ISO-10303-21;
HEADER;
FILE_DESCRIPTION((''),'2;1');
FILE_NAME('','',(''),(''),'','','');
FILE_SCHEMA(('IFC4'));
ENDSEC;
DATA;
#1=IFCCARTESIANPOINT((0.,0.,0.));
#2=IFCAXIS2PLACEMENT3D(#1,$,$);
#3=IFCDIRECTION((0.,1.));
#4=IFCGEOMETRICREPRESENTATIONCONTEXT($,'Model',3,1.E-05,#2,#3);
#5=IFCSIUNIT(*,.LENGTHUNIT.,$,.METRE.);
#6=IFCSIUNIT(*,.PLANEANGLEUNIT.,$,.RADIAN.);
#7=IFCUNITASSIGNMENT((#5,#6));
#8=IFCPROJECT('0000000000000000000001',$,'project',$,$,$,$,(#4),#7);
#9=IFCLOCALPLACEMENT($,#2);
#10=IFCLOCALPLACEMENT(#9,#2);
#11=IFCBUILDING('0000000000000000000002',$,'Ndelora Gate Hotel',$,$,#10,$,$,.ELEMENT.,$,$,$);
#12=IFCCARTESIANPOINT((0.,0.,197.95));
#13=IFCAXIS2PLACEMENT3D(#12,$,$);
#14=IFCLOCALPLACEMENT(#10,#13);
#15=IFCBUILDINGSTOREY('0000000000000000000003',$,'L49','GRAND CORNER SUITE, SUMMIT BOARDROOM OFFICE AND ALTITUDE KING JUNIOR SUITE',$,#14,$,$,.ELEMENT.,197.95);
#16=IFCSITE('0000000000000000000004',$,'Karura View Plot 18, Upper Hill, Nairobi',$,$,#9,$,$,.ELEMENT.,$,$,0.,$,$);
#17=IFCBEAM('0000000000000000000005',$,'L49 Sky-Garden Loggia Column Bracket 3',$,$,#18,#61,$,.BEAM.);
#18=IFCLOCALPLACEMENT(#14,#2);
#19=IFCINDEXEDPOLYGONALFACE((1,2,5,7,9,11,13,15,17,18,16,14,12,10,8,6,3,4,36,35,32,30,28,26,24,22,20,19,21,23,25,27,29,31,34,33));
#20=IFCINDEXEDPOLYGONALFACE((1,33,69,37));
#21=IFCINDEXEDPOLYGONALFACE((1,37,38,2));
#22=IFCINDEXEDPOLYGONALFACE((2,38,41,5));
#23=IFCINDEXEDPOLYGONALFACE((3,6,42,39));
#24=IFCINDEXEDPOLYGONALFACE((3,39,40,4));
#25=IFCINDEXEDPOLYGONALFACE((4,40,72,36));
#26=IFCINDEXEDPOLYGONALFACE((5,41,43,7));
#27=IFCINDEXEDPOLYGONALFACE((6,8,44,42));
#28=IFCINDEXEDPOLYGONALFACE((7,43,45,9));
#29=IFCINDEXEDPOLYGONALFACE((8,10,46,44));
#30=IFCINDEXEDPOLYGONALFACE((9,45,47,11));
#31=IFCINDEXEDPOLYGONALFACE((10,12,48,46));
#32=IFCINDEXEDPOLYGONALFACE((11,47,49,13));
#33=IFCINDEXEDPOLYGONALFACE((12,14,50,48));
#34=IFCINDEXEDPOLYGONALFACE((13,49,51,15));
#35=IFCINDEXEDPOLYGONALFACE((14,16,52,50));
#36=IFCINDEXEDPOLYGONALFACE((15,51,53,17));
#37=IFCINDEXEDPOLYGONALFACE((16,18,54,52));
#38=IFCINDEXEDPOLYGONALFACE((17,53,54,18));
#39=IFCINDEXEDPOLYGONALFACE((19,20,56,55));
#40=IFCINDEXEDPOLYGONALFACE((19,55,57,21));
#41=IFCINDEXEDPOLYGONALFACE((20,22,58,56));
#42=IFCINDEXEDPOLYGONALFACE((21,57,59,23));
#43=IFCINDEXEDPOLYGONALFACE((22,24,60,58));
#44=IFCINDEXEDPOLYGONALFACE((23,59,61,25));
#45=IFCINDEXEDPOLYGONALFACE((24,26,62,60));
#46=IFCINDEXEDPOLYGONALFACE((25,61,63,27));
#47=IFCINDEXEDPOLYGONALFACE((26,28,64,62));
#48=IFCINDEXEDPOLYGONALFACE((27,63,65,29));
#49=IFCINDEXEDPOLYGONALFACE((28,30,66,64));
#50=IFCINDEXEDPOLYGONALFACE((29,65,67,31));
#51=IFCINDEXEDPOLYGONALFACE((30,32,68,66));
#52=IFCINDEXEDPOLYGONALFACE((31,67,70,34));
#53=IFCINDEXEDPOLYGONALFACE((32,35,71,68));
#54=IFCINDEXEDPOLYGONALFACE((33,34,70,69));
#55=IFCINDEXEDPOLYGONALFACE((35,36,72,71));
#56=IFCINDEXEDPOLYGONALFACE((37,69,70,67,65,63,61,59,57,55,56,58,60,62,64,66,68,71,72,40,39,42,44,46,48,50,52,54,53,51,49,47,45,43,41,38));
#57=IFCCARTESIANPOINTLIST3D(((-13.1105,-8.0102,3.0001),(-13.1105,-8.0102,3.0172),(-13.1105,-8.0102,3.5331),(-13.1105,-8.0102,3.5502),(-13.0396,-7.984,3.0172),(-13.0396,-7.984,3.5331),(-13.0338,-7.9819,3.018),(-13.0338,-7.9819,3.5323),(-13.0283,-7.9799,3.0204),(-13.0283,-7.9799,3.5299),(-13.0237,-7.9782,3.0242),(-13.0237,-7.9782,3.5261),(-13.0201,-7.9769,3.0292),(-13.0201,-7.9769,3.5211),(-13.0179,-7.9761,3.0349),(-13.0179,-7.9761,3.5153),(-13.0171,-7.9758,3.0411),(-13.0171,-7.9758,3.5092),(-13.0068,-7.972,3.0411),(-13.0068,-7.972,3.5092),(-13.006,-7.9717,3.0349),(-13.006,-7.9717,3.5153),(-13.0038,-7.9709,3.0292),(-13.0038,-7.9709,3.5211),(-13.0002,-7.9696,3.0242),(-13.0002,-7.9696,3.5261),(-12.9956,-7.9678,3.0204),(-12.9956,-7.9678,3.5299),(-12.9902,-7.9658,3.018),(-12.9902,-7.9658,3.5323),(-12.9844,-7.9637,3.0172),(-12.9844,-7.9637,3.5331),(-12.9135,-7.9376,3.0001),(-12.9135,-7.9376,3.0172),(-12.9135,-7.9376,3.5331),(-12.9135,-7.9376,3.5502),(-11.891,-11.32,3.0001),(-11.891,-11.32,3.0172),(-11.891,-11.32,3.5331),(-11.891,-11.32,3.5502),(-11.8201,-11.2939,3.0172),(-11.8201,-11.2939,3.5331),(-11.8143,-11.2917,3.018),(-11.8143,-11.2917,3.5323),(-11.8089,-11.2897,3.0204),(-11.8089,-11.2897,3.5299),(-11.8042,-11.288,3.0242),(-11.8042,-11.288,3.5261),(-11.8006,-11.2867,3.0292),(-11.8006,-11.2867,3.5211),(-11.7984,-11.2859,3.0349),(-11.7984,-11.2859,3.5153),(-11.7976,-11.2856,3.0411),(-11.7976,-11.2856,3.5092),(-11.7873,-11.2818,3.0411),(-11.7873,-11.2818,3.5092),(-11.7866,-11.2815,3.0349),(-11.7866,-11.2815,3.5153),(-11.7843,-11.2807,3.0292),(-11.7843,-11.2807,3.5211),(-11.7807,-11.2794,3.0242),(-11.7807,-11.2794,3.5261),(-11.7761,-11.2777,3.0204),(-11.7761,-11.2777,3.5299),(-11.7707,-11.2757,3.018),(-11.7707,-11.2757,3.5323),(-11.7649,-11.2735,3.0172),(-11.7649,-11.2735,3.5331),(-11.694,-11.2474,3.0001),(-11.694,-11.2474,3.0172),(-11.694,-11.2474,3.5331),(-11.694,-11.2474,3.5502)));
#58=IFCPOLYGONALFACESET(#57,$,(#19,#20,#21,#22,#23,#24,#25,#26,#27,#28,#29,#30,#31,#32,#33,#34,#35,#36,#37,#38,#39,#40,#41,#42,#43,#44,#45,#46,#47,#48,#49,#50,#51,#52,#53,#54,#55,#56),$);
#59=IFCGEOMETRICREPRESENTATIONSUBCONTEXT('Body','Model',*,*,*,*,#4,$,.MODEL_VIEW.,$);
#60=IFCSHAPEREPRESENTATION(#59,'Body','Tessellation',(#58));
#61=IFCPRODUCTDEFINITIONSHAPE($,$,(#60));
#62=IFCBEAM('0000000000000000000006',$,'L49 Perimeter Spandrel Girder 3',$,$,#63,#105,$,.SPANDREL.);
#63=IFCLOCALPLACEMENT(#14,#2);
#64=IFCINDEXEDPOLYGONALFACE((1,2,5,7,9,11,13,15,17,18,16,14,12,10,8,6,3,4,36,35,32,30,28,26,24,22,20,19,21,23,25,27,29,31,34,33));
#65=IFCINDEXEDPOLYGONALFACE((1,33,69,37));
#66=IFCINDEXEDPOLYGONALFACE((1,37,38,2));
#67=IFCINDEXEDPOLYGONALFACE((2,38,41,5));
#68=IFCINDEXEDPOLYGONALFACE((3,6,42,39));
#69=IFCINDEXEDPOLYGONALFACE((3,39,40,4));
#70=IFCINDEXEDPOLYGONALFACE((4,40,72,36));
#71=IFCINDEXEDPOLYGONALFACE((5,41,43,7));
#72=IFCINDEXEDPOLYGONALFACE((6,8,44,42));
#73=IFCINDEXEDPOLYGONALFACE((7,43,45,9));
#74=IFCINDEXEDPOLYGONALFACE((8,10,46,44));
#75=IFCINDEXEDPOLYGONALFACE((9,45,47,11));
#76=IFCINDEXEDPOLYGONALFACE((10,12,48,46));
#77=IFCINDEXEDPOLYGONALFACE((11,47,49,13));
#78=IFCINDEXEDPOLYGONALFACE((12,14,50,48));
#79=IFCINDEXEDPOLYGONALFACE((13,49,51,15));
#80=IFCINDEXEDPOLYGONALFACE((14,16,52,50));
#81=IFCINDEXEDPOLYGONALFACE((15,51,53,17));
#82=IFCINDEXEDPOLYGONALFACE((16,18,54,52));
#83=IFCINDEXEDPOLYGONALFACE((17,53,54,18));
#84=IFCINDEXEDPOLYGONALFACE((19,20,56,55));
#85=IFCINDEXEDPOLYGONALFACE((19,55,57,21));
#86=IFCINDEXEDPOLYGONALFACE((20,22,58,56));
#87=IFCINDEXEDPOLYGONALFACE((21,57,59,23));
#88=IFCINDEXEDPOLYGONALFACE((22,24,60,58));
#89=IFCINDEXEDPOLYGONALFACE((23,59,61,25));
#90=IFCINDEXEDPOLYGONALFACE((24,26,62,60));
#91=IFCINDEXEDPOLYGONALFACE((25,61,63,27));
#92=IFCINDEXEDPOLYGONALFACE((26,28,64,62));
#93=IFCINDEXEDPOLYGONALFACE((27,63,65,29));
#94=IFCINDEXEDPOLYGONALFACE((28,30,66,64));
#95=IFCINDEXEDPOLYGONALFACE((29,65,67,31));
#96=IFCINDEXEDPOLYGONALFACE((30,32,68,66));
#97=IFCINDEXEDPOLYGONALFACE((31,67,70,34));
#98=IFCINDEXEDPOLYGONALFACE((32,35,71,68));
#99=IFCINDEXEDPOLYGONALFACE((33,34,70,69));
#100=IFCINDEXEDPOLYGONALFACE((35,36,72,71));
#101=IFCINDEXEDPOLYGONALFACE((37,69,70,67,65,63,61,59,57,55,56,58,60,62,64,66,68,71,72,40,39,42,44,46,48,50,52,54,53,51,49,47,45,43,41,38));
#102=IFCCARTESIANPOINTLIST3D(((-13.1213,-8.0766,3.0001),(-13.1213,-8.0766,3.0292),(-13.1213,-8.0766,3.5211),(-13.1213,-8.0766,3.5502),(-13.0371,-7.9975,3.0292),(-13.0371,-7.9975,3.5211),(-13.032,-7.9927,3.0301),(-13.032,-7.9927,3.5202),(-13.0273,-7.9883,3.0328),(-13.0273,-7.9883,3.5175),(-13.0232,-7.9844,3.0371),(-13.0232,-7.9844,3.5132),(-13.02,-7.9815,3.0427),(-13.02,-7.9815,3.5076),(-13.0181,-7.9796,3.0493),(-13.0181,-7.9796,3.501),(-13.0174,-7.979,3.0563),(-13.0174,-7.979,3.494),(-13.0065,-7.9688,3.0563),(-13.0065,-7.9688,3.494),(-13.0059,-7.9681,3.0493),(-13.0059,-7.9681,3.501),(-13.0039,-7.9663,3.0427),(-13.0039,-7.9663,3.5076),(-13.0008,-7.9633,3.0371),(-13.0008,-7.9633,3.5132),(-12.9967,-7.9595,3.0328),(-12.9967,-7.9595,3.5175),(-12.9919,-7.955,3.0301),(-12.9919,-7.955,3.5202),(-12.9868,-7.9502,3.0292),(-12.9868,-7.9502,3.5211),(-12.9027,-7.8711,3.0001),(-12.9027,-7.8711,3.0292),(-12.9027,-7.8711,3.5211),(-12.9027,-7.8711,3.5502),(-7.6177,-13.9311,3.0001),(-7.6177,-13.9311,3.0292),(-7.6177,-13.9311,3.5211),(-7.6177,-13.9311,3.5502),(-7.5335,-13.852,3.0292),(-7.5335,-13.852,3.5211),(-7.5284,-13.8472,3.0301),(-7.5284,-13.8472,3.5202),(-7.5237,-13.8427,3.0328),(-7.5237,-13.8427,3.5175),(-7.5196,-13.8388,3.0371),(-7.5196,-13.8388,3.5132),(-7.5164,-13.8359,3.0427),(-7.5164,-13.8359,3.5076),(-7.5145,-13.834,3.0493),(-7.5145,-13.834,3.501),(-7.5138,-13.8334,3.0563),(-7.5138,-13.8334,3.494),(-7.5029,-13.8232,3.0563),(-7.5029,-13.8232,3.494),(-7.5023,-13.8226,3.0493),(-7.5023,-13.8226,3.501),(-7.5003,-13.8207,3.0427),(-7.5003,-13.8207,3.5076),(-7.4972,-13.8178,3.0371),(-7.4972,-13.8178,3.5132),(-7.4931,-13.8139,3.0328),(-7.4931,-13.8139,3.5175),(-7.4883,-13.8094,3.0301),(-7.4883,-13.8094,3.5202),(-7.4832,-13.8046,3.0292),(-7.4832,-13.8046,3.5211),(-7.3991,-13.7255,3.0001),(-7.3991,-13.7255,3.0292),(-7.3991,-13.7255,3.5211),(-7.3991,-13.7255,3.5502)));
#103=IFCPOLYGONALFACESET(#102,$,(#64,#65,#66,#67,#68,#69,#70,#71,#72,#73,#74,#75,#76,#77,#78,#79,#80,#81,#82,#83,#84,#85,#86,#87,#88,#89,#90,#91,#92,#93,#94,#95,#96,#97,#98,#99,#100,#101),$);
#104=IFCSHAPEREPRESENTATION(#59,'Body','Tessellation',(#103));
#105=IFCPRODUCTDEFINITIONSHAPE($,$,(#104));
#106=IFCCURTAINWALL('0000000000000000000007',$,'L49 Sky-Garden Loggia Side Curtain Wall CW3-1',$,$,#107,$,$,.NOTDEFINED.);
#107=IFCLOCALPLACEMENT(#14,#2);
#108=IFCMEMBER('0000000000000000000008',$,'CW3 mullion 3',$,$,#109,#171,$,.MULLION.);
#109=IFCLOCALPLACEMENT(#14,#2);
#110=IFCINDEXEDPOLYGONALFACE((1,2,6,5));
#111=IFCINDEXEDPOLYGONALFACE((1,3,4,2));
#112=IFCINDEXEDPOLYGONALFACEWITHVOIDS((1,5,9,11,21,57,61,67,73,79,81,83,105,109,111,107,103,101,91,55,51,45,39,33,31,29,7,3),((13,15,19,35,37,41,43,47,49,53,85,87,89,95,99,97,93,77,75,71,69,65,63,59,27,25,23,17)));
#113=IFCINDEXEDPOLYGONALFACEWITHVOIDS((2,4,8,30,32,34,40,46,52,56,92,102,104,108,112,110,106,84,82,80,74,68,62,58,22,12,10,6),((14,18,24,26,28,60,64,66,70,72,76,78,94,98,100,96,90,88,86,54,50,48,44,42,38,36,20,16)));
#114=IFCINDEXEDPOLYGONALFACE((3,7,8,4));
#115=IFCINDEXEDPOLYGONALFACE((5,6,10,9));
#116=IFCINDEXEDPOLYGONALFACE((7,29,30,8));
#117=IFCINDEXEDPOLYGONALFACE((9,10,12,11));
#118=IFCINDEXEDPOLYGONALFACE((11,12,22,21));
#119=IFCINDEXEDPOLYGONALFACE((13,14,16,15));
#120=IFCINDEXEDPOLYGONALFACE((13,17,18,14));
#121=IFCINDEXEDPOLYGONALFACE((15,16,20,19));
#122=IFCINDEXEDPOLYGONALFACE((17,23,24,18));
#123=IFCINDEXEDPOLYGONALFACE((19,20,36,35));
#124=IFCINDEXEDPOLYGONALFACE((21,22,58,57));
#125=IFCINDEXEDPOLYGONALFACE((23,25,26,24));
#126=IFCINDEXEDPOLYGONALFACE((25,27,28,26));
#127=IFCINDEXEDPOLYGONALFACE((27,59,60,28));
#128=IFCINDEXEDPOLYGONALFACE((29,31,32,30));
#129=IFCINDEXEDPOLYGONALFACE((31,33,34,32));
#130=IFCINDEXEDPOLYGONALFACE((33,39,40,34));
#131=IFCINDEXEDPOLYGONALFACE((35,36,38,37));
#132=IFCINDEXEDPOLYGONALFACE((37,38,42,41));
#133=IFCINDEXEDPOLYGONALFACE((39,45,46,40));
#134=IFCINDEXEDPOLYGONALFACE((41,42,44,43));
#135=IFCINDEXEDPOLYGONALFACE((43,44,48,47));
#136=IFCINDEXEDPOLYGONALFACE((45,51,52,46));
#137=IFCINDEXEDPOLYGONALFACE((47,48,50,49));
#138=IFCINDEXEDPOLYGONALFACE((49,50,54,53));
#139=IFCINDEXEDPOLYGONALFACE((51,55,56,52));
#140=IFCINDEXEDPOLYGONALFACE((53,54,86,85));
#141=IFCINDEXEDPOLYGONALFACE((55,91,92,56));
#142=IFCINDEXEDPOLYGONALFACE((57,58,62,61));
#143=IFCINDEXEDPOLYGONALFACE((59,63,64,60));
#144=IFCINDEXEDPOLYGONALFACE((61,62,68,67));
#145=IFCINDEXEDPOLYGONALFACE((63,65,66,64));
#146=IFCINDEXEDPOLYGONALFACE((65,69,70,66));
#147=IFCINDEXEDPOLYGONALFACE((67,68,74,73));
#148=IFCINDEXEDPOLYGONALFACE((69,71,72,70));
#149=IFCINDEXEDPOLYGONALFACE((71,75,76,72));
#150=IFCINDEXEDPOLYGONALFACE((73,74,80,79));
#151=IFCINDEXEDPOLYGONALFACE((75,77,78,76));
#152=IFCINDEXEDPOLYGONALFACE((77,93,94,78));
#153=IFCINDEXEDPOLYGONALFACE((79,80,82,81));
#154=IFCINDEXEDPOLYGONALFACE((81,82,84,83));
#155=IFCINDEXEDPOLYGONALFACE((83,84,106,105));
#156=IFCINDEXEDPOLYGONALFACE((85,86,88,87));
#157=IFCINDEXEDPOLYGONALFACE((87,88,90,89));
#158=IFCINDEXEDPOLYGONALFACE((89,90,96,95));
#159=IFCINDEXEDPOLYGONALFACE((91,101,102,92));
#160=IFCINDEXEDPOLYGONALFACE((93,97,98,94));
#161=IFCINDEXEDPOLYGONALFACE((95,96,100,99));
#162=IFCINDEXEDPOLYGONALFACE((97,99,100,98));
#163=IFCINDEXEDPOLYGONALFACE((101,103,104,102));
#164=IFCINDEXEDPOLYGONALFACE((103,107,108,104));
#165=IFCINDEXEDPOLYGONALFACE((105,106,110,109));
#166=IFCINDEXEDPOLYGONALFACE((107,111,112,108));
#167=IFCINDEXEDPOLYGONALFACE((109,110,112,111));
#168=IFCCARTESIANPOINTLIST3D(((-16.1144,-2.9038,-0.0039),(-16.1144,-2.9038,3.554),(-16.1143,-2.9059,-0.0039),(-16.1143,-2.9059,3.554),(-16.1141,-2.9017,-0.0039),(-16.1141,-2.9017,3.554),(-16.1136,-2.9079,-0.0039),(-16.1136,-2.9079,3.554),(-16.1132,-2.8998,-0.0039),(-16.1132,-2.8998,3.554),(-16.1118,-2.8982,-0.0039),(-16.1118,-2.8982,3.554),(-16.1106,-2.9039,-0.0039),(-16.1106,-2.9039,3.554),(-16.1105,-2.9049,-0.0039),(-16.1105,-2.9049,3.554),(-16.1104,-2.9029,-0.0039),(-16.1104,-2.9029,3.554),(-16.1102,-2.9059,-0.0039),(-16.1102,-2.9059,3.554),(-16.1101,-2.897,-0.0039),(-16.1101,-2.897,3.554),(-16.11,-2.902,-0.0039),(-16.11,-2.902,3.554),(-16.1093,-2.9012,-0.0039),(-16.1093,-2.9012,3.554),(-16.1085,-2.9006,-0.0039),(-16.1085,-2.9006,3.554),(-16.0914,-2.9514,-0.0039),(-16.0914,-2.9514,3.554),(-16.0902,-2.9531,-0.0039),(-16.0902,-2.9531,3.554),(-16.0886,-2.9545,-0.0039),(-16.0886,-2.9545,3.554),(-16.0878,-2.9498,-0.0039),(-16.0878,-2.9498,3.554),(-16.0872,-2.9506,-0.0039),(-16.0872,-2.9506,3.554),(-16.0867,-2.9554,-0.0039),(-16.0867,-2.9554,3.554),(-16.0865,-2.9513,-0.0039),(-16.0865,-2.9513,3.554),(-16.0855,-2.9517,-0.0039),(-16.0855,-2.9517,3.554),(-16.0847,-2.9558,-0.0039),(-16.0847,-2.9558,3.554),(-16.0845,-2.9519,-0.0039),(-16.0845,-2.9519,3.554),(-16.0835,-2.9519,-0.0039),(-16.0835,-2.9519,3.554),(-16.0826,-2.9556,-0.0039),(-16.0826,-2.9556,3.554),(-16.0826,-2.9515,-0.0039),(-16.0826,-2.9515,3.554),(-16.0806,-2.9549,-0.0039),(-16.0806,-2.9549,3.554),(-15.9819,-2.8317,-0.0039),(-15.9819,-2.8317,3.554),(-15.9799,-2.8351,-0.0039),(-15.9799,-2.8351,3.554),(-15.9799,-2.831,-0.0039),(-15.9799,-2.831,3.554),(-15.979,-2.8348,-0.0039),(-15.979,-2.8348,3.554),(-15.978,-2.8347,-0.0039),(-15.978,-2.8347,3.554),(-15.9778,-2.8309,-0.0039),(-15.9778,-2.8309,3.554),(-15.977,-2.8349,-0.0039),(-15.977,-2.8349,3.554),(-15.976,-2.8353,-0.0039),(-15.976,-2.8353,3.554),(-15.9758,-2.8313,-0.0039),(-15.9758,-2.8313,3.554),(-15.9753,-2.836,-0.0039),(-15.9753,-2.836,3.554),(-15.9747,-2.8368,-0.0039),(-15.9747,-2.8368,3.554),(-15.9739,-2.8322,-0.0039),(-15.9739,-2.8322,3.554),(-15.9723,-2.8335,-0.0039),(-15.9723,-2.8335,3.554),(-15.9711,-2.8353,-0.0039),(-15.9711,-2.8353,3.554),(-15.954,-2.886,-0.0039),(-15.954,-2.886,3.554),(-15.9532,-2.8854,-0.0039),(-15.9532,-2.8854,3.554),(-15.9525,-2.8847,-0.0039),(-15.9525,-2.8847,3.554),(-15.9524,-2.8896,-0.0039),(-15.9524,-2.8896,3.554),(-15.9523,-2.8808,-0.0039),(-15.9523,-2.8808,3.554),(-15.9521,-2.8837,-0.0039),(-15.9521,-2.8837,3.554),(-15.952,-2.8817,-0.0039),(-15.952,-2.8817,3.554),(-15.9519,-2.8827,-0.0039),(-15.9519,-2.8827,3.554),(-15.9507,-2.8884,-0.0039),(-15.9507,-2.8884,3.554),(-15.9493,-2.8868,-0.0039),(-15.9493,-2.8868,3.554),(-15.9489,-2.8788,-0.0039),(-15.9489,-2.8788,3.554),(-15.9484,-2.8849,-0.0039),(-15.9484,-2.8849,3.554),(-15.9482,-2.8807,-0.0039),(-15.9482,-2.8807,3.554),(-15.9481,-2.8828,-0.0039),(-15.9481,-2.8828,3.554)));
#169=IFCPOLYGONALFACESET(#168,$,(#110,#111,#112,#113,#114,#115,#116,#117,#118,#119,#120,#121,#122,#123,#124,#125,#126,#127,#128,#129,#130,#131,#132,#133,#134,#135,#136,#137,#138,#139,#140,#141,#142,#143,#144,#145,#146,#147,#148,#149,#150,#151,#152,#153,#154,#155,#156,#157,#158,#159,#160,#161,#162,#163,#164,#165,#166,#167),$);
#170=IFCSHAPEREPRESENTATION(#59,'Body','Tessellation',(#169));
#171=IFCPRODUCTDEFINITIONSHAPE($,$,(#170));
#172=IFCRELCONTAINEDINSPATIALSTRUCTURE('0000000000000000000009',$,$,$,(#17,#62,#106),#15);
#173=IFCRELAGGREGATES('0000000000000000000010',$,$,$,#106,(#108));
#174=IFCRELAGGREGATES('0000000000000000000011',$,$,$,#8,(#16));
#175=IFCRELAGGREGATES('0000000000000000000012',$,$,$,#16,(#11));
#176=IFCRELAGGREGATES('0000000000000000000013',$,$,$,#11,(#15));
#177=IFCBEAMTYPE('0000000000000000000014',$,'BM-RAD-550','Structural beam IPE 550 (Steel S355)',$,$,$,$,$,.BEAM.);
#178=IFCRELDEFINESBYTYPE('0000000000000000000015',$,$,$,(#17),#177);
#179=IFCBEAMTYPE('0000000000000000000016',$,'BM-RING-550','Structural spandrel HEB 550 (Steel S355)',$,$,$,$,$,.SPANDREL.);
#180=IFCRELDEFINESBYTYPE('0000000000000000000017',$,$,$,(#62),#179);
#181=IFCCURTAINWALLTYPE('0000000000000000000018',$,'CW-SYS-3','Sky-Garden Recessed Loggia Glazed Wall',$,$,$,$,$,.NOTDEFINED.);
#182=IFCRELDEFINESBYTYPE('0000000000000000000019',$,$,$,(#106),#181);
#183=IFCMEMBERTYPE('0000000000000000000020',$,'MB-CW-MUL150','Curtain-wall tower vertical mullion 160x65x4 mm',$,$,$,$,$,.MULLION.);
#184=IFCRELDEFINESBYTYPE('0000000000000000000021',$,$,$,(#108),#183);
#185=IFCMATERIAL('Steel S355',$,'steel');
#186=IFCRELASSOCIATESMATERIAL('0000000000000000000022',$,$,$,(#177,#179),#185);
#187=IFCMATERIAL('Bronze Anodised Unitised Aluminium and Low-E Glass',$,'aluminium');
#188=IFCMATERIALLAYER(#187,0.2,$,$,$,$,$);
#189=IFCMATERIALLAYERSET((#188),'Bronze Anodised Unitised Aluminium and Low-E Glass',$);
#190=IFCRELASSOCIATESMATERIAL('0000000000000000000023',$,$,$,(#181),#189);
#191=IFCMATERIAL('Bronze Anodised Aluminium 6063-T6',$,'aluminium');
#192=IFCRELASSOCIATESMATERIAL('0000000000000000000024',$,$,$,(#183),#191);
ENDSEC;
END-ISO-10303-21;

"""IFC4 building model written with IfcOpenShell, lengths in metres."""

from ifc_helpers import new_model, si_unit, direction, frame, origin, origin_2d, place, context, subcontext, project, spatial, hollow_rectangle, i_section, extrude, material, layer, layer_set, material_profile, profile_set, type_object, element, aggregate, save


model = new_model("IFC4")

# Units and contexts
model_context = context("Model", 3, precision=1e-05, world=origin(), true_north=direction((0.0, 1.0)))
body_context = subcontext(model_context, "Body", "Model", "MODEL_VIEW")
ifc_project = project(units=[si_unit("LENGTHUNIT", "METRE"), si_unit("PLANEANGLEUNIT", "RADIAN")], contexts=[model_context])

# Site, building, storey
site_placement = place(None, origin())
site = spatial("IfcSite", under=ifc_project, at=site_placement, Name="Karura View Plot 18, Upper Hill, Nairobi", CompositionType="ELEMENT", RefElevation=0.0)
building_placement = place(site_placement, origin())
building = spatial("IfcBuilding", under=site, at=building_placement, Name="Ndelora Gate Hotel", CompositionType="ELEMENT")
storey_placement = place(building_placement, frame((0.0, 0.0, 197.95)))
storey = spatial("IfcBuildingStorey", under=building, at=storey_placement, Name="L49", Description="GRAND CORNER SUITE, SUMMIT BOARDROOM OFFICE AND ALTITUDE KING JUNIOR SUITE", CompositionType="ELEMENT", Elevation=197.95)

# Beams
ifc_material_1 = material(Name="Steel S355", Category="steel")
ifc_material_profile_1 = material_profile(ifc_material_1, i_section(OverallWidth=0.21, OverallDepth=0.55, WebThickness=0.011, FlangeThickness=0.0171, FilletRadius=0.0239, at=origin_2d()), Name="IPE 550")
ifc_profile_set_1 = profile_set([ifc_material_profile_1], Name="Steel S355")
beam_type_1 = type_object("IfcBeamType", Name="BM-RAD-550", Description="Structural beam IPE 550 (Steel S355)", PredefinedType="BEAM", material=ifc_profile_set_1)
beam_1_placement = place(storey_placement, frame((-13.012, -7.9739, 3.2751), z_axis=(0.345725, -0.938336, 0.0), x_axis=(0.938336, 0.345725, 0.0)))
element("IfcBeam", 1, at=beam_1_placement, inside=storey, type_object=beam_type_1, Name="L49 Sky-Garden Loggia Column Bracket 3", PredefinedType="BEAM", context=body_context, shape_type="SweptSolid", body=[
    extrude(i_section(OverallWidth=0.21, OverallDepth=0.55, WebThickness=0.011, FlangeThickness=0.0171, FilletRadius=0.0239, at=origin_2d()), origin(), (0.0, 0.0, 1.0), 3.5273),
])
ifc_material_profile_2 = material_profile(ifc_material_1, i_section(OverallWidth=0.3, OverallDepth=0.55, WebThickness=0.0149, FlangeThickness=0.0291, FilletRadius=0.0271, at=origin_2d()), Name="HEB 550")
ifc_profile_set_2 = profile_set([ifc_material_profile_2], Name="Steel S355")
beam_type_2 = type_object("IfcBeamType", Name="BM-RING-550", Description="Structural spandrel HEB 550 (Steel S355)", PredefinedType="SPANDREL", material=ifc_profile_set_2)
beam_2_placement = place(storey_placement, frame((-13.012, -7.9739, 3.2751), z_axis=(0.684939, -0.7286, 0.0), x_axis=(0.7286, 0.684939, 0.0)))
element("IfcBeam", 2, at=beam_2_placement, inside=storey, type_object=beam_type_2, Name="L49 Perimeter Spandrel Girder 3", PredefinedType="SPANDREL", context=body_context, shape_type="SweptSolid", body=[
    extrude(i_section(OverallWidth=0.3, OverallDepth=0.55, WebThickness=0.0149, FlangeThickness=0.0291, FilletRadius=0.0271, at=origin_2d()), origin(), (0.0, 0.0, 1.0), 8.0352),
])

# Curtain wall, member
ifc_material_2 = material(Name="Bronze Anodised Unitised Aluminium and Low-E Glass", Category="aluminium")
ifc_layer_1 = layer(ifc_material_2, 0.2)
ifc_layer_set_1 = layer_set([ifc_layer_1], Name="Bronze Anodised Unitised Aluminium and Low-E Glass")
curtain_wall_type = type_object("IfcCurtainWallType", Name="CW-SYS-3", Description="Sky-Garden Recessed Loggia Glazed Wall", PredefinedType="NOTDEFINED", material=ifc_layer_set_1)
curtain_wall_placement = place(storey_placement, origin())
curtain_wall = element("IfcCurtainWall", 3, at=curtain_wall_placement, inside=storey, type_object=curtain_wall_type, Name="L49 Sky-Garden Loggia Side Curtain Wall CW3-1", PredefinedType="NOTDEFINED")
ifc_material_3 = material(Name="Bronze Anodised Aluminium 6063-T6", Category="aluminium")
ifc_material_profile_3 = material_profile(ifc_material_3, hollow_rectangle(XDim=0.0649, YDim=0.1599, WallThickness=0.0039, InnerFilletRadius=0.0039, OuterFilletRadius=0.0081, at=origin_2d()), Name="ALU 160x65x4")
ifc_profile_set_3 = profile_set([ifc_material_profile_3], Name="Bronze Anodised Aluminium 6063-T6")
member_type_1 = type_object("IfcMemberType", Name="MB-CW-MUL150", Description="Curtain-wall tower vertical mullion 160x65x4 mm", PredefinedType="MULLION", material=ifc_profile_set_3)
member_1_placement = place(storey_placement, frame((-16.0312, -2.8933, -0.0039), z_axis=(0.0, 0.0, 1.0), x_axis=(0.454001, -0.891001, 0.0)))
member_1 = element("IfcMember", 4, at=member_1_placement, type_object=member_type_1, Name="CW3 mullion 3", PredefinedType="MULLION", context=body_context, shape_type="SweptSolid", body=[
    extrude(hollow_rectangle(XDim=0.0649, YDim=0.1599, WallThickness=0.0039, InnerFilletRadius=0.0039, OuterFilletRadius=0.0081, at=origin_2d()), origin(), (0.0, 0.0, 1.0), 3.5579),
])
aggregate(curtain_wall, [member_1])

save(model, "model.ifc")
